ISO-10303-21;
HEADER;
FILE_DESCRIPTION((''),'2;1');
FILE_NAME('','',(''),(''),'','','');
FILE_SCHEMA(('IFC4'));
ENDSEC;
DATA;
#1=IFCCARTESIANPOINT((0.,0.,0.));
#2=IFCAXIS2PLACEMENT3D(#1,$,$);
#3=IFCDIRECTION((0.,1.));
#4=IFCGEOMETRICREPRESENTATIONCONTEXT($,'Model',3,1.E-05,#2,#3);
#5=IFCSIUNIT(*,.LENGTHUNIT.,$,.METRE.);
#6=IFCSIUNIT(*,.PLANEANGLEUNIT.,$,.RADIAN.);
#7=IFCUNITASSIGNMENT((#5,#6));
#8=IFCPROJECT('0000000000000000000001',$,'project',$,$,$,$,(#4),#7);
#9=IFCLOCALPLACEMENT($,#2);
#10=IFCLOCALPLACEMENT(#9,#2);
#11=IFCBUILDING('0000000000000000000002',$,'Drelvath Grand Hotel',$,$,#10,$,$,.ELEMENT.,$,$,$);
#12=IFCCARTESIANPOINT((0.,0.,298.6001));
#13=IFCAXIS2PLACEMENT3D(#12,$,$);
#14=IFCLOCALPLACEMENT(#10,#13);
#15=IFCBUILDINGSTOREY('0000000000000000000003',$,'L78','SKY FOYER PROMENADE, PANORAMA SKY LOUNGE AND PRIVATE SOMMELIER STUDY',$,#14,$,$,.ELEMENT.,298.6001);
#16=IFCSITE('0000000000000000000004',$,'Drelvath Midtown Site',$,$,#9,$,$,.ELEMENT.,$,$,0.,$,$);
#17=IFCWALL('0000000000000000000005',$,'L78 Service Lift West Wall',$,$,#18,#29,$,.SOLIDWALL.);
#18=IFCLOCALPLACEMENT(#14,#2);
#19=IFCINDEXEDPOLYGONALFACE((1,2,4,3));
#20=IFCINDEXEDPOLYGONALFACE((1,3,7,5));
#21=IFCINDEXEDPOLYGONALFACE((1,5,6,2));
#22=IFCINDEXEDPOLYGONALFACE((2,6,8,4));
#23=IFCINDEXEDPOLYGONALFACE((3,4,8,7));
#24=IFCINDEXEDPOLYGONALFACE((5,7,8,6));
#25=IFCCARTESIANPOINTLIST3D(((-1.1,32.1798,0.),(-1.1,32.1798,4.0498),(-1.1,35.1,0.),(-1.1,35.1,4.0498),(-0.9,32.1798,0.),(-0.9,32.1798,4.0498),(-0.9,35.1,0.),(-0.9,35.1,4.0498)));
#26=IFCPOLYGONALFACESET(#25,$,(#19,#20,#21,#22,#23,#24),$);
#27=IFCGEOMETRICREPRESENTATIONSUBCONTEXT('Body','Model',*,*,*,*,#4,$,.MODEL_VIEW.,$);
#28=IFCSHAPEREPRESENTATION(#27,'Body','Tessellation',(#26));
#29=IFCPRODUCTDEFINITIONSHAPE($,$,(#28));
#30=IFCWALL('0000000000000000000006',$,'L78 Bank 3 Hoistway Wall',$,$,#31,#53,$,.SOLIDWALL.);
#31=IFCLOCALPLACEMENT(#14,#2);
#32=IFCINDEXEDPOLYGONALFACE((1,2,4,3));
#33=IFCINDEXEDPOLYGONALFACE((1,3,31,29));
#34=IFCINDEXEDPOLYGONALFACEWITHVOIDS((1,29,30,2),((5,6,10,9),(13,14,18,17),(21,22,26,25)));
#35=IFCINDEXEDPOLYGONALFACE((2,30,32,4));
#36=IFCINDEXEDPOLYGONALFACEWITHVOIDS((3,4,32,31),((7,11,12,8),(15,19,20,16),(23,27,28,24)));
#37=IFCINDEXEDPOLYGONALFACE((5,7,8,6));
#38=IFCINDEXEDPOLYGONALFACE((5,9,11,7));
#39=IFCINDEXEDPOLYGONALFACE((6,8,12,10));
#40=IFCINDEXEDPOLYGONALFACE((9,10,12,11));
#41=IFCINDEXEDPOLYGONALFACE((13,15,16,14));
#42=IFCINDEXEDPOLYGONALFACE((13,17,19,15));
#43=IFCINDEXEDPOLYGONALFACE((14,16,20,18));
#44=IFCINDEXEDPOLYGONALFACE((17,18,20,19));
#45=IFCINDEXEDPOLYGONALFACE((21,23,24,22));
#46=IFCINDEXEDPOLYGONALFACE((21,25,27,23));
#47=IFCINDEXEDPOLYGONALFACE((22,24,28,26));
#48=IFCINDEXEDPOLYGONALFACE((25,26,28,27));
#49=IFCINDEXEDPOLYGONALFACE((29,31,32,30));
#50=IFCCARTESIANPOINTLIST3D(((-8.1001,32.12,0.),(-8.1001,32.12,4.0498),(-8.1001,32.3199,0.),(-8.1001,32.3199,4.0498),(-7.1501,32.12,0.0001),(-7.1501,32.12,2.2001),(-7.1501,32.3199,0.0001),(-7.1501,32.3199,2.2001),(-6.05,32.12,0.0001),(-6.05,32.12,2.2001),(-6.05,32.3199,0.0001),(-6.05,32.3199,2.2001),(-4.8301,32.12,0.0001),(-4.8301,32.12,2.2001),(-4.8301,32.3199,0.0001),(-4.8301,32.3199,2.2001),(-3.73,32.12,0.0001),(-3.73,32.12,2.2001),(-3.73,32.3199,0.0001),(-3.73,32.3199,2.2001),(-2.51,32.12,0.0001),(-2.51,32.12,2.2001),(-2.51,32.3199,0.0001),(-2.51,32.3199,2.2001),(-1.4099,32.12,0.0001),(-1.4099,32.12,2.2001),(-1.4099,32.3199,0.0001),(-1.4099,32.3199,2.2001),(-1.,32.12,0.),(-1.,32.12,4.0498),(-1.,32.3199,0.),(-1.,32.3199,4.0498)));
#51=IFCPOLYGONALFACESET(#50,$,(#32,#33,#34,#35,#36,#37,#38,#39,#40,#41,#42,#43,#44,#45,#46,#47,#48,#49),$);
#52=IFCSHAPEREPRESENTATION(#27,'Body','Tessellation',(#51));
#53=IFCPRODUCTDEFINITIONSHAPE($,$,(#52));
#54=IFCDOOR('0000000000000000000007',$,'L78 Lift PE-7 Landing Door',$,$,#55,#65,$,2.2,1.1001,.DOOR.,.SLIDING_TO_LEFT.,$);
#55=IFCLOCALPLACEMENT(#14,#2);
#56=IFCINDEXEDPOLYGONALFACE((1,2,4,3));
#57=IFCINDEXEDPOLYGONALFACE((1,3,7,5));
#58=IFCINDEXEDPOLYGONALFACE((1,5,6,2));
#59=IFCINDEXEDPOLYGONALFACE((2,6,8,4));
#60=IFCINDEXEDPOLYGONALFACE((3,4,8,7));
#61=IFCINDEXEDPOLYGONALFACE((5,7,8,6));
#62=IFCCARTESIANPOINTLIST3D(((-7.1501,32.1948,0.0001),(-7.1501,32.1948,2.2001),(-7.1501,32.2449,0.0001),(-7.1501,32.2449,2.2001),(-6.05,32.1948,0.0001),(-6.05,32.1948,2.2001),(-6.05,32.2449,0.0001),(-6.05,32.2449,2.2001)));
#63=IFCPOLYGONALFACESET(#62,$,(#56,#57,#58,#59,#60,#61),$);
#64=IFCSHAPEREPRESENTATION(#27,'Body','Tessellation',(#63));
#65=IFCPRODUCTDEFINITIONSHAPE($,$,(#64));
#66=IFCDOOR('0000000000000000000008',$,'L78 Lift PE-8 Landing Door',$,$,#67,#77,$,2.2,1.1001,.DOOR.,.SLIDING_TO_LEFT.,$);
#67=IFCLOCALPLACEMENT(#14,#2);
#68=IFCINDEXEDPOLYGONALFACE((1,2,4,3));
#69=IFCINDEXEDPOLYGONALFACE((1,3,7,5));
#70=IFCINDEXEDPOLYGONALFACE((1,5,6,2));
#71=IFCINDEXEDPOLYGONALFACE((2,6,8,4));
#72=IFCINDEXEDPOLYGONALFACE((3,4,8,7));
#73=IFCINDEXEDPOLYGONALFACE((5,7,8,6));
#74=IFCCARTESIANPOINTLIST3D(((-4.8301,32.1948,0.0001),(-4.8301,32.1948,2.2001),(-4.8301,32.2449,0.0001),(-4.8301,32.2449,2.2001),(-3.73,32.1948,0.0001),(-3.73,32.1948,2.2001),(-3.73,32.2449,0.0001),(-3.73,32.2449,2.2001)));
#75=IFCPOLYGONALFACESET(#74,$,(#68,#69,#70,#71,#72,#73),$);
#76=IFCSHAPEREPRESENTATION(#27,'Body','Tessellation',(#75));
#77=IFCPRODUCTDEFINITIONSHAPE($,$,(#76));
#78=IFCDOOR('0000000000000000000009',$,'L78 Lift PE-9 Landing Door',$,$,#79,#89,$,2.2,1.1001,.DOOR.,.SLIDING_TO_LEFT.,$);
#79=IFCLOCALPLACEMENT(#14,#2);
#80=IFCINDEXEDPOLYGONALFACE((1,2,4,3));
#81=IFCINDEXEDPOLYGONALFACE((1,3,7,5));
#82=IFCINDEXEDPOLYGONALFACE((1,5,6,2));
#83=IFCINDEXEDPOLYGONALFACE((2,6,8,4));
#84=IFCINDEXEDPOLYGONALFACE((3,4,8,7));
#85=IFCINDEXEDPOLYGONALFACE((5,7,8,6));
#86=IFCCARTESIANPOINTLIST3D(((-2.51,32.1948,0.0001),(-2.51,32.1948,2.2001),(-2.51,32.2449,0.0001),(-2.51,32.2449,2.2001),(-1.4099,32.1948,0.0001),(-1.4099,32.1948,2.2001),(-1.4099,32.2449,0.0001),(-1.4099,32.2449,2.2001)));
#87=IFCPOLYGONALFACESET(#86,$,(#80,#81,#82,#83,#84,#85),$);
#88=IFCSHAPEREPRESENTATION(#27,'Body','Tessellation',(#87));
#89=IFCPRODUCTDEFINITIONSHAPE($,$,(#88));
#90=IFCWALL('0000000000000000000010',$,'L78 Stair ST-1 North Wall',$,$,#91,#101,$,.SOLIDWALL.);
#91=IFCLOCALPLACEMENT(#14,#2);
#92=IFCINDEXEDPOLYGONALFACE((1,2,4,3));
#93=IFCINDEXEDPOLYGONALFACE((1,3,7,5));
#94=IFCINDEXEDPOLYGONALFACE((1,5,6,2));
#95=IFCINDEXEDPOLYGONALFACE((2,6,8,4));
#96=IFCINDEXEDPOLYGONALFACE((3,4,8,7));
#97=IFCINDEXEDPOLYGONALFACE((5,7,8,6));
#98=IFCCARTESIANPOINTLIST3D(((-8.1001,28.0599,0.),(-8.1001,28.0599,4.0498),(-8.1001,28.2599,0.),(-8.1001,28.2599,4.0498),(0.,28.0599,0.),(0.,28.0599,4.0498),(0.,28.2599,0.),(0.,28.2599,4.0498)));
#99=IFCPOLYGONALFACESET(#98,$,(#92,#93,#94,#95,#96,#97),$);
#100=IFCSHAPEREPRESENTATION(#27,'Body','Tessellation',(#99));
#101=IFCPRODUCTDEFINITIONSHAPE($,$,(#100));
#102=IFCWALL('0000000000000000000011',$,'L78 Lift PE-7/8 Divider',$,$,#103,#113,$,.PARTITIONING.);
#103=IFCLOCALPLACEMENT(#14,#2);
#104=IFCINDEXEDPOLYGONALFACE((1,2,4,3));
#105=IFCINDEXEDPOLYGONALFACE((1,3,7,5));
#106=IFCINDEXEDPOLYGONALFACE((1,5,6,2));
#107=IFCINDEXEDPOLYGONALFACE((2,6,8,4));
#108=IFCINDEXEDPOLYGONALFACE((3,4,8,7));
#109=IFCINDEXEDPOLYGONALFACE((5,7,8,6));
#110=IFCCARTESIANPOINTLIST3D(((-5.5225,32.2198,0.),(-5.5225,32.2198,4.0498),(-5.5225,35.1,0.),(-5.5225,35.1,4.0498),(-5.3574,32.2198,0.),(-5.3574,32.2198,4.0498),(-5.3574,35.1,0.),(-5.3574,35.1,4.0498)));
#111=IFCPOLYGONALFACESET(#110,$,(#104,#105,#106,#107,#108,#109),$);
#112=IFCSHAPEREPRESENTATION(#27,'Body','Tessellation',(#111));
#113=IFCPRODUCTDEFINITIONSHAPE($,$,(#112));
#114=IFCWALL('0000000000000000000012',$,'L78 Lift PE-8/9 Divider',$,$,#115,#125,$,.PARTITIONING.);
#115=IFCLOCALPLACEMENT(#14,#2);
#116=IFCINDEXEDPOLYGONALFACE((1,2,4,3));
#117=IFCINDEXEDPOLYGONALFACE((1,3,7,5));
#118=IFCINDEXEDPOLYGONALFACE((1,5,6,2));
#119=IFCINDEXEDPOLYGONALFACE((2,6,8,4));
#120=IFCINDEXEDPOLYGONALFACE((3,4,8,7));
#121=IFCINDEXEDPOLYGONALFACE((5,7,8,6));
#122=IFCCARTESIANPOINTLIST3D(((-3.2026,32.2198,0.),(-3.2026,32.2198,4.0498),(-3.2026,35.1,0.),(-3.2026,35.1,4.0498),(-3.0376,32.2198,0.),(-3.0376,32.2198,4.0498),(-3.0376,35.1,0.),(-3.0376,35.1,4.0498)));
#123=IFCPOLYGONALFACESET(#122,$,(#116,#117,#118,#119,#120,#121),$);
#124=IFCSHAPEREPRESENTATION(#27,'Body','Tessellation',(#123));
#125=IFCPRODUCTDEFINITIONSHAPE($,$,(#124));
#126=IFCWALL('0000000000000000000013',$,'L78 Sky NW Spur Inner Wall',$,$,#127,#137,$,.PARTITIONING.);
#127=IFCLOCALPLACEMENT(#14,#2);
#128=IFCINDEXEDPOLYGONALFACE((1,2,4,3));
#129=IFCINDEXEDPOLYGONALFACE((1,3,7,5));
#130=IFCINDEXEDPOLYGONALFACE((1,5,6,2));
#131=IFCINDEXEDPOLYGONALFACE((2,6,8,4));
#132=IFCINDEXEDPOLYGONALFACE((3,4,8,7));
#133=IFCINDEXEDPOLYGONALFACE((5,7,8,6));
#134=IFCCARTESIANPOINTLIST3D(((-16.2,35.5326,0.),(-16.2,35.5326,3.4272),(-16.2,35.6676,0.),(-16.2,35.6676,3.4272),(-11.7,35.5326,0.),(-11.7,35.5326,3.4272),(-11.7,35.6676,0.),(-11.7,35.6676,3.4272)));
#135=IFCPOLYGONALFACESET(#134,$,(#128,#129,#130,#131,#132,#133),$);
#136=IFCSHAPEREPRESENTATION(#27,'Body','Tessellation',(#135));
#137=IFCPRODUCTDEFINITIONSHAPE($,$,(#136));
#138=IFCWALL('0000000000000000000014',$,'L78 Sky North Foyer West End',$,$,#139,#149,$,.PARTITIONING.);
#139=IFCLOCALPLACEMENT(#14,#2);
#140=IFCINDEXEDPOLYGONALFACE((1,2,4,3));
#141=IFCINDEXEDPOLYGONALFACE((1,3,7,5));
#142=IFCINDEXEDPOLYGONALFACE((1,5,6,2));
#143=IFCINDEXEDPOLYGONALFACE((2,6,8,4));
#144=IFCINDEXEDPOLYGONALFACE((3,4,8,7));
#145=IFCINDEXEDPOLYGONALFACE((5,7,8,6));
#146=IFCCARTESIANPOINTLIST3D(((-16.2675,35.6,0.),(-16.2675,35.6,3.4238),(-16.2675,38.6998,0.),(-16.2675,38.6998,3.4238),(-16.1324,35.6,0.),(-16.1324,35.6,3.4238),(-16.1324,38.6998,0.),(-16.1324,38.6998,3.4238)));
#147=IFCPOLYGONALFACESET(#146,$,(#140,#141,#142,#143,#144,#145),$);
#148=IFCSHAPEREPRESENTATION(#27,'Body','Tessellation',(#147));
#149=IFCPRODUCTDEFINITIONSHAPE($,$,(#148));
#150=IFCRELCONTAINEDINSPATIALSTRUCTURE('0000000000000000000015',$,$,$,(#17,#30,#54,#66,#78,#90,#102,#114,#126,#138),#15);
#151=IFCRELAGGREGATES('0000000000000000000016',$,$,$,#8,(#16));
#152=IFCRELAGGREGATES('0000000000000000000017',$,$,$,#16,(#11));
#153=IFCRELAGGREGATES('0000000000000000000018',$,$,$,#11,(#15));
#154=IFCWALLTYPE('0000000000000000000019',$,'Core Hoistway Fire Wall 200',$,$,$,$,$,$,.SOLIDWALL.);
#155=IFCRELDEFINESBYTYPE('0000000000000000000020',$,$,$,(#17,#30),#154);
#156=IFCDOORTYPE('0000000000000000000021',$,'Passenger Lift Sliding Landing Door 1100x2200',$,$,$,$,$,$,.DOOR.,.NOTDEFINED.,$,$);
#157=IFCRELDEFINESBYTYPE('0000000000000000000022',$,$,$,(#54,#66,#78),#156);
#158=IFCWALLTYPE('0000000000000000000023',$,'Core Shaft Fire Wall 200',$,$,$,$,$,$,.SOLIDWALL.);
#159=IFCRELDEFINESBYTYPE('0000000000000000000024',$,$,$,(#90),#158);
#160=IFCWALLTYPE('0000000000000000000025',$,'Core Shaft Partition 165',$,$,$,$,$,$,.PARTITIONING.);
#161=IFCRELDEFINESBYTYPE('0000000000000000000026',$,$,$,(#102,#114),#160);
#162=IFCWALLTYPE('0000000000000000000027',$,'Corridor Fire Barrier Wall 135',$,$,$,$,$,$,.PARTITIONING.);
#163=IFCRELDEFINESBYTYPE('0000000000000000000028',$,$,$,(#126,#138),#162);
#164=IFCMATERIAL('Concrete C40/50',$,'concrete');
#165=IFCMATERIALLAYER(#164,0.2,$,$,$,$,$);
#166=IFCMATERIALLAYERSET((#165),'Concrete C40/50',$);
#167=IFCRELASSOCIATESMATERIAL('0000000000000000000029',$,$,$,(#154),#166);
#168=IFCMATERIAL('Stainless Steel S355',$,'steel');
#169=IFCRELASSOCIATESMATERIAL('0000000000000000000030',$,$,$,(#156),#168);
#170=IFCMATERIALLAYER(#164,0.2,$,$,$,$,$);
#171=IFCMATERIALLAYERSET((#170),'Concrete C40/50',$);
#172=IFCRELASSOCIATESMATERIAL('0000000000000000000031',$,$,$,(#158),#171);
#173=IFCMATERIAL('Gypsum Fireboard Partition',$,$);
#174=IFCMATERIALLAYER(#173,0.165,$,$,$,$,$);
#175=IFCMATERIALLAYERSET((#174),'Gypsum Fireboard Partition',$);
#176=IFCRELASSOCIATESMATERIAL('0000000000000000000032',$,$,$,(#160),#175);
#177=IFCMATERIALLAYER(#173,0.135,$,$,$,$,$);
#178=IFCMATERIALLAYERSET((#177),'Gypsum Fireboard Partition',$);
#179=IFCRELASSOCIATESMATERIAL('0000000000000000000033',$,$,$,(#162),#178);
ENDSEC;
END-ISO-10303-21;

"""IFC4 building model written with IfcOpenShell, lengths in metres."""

from ifc_helpers import new_model, si_unit, direction, frame, frame_2d, origin, place, context, subcontext, project, spatial, rectangle, extrude, material, layer, layer_set, type_object, element, fill, save


model = new_model("IFC4")

# Units and contexts
model_context = context("Model", 3, precision=1e-05, world=origin(), true_north=direction((0.0, 1.0)))
body_context = subcontext(model_context, "Body", "Model", "MODEL_VIEW")
ifc_project = project(units=[si_unit("LENGTHUNIT", "METRE"), si_unit("PLANEANGLEUNIT", "RADIAN")], contexts=[model_context])

# Site, building, storey
site_placement = place(None, origin())
site = spatial("IfcSite", under=ifc_project, at=site_placement, Name="Drelvath Midtown Site", CompositionType="ELEMENT", RefElevation=0.0)
building_placement = place(site_placement, origin())
building = spatial("IfcBuilding", under=site, at=building_placement, Name="Drelvath Grand Hotel", CompositionType="ELEMENT")
storey_placement = place(building_placement, frame((0.0, 0.0, 298.6001)))
storey = spatial("IfcBuildingStorey", under=building, at=storey_placement, Name="L78", Description="SKY FOYER PROMENADE, PANORAMA SKY LOUNGE AND PRIVATE SOMMELIER STUDY", CompositionType="ELEMENT", Elevation=298.6001)

# Shared definitions
ifc_material_1 = material(Name="Concrete C40/50", Category="concrete")
ifc_layer_1 = layer(ifc_material_1, 0.2)
ifc_layer_set_1 = layer_set([ifc_layer_1], Name="Concrete C40/50")
wall_type_1 = type_object("IfcWallType", Name="Core Hoistway Fire Wall 200", PredefinedType="SOLIDWALL", material=ifc_layer_set_1)
ifc_material_2 = material(Name="Stainless Steel S355", Category="steel")

# Wall
wall_1_placement = place(storey_placement, frame((-1.0, 32.1799, 0.0), z_axis=(0.0, 0.0, 1.0), x_axis=(0.0, 1.0, 0.0)))
element("IfcWall", 1, at=wall_1_placement, inside=storey, type_object=wall_type_1, Name="L78 Service Lift West Wall", PredefinedType="SOLIDWALL", context=body_context, shape_type="SweptSolid", body=[
    extrude(rectangle(XDim=2.9202, YDim=0.2, at=frame_2d((1.46, 0.0))), origin(), (0.0, 0.0, 1.0), 4.0498),
])

# Wall, openings, doors
wall_2_placement = place(storey_placement, frame((-8.1001, 32.22, 0.0), z_axis=(0.0, 0.0, 1.0), x_axis=(1.0, 0.0, 0.0)))
wall_2 = element("IfcWall", 2, at=wall_2_placement, inside=storey, type_object=wall_type_1, Name="L78 Bank 3 Hoistway Wall", PredefinedType="SOLIDWALL", context=body_context, shape_type="SweptSolid", body=[
    extrude(rectangle(XDim=7.1001, YDim=0.2, at=frame_2d((3.55, 0.0))), origin(), (0.0, 0.0, 1.0), 4.0498),
])
opening_1_placement = place(wall_2_placement, frame((0.95, 0.0, 0.0)))
opening_1 = element("IfcOpeningElement", 3, at=opening_1_placement, cuts=wall_2, PredefinedType="OPENING", context=body_context, shape_type="SweptSolid", body=[
    extrude(rectangle(XDim=1.1001, YDim=2.2, at=frame_2d((0.55, 1.1001))), frame((0.0, 0.1099, 0.0), z_axis=(0.0, -1.0, 0.0), x_axis=(1.0, 0.0, 0.0)), (0.0, 0.0, 1.0), 0.22),
])
opening_2_placement = place(wall_2_placement, frame((3.27, 0.0, 0.0)))
opening_2 = element("IfcOpeningElement", 4, at=opening_2_placement, cuts=wall_2, PredefinedType="OPENING", context=body_context, shape_type="SweptSolid", body=[
    extrude(rectangle(XDim=1.1001, YDim=2.2, at=frame_2d((0.55, 1.1001))), frame((0.0, 0.1099, 0.0), z_axis=(0.0, -1.0, 0.0), x_axis=(1.0, 0.0, 0.0)), (0.0, 0.0, 1.0), 0.22),
])
opening_3_placement = place(wall_2_placement, frame((5.5901, 0.0, 0.0)))
opening_3 = element("IfcOpeningElement", 5, at=opening_3_placement, cuts=wall_2, PredefinedType="OPENING", context=body_context, shape_type="SweptSolid", body=[
    extrude(rectangle(XDim=1.1001, YDim=2.2, at=frame_2d((0.55, 1.1001))), frame((0.0, 0.1099, 0.0), z_axis=(0.0, -1.0, 0.0), x_axis=(1.0, 0.0, 0.0)), (0.0, 0.0, 1.0), 0.22),
])
door_type_1 = type_object("IfcDoorType", Name="Passenger Lift Sliding Landing Door 1100x2200", OperationType="NOTDEFINED", PredefinedType="DOOR", material=ifc_material_2)
door_1_placement = place(opening_1_placement, origin())
door_1 = element("IfcDoor", 6, at=door_1_placement, inside=storey, type_object=door_type_1, Name="L78 Lift PE-7 Landing Door", OperationType="SLIDING_TO_LEFT", OverallHeight=2.2, OverallWidth=1.1001, PredefinedType="DOOR", context=body_context, shape_type="SweptSolid", body=[
    extrude(rectangle(XDim=1.1001, YDim=2.2, at=frame_2d((0.55, 1.1001))), frame((0.0, 0.0249, 0.0), z_axis=(0.0, -1.0, 0.0), x_axis=(1.0, 0.0, 0.0)), (0.0, 0.0, 1.0), 0.05),
])
fill(opening_1, door_1)
door_2_placement = place(opening_2_placement, origin())
door_2 = element("IfcDoor", 7, at=door_2_placement, inside=storey, type_object=door_type_1, Name="L78 Lift PE-8 Landing Door", OperationType="SLIDING_TO_LEFT", OverallHeight=2.2, OverallWidth=1.1001, PredefinedType="DOOR", context=body_context, shape_type="SweptSolid", body=[
    extrude(rectangle(XDim=1.1001, YDim=2.2, at=frame_2d((0.55, 1.1001))), frame((0.0, 0.0249, 0.0), z_axis=(0.0, -1.0, 0.0), x_axis=(1.0, 0.0, 0.0)), (0.0, 0.0, 1.0), 0.05),
])
fill(opening_2, door_2)
door_3_placement = place(opening_3_placement, origin())
door_3 = element("IfcDoor", 8, at=door_3_placement, inside=storey, type_object=door_type_1, Name="L78 Lift PE-9 Landing Door", OperationType="SLIDING_TO_LEFT", OverallHeight=2.2, OverallWidth=1.1001, PredefinedType="DOOR", context=body_context, shape_type="SweptSolid", body=[
    extrude(rectangle(XDim=1.1001, YDim=2.2, at=frame_2d((0.55, 1.1001))), frame((0.0, 0.0249, 0.0), z_axis=(0.0, -1.0, 0.0), x_axis=(1.0, 0.0, 0.0)), (0.0, 0.0, 1.0), 0.05),
])
fill(opening_3, door_3)

# Walls
ifc_layer_2 = layer(ifc_material_1, 0.2)
ifc_layer_set_2 = layer_set([ifc_layer_2], Name="Concrete C40/50")
wall_type_2 = type_object("IfcWallType", Name="Core Shaft Fire Wall 200", PredefinedType="SOLIDWALL", material=ifc_layer_set_2)
wall_3_placement = place(storey_placement, frame((-8.1001, 28.1599, 0.0), z_axis=(0.0, 0.0, 1.0), x_axis=(1.0, 0.0, 0.0)))
element("IfcWall", 9, at=wall_3_placement, inside=storey, type_object=wall_type_2, Name="L78 Stair ST-1 North Wall", PredefinedType="SOLIDWALL", context=body_context, shape_type="SweptSolid", body=[
    extrude(rectangle(XDim=8.1001, YDim=0.2, at=frame_2d((4.05, 0.0))), origin(), (0.0, 0.0, 1.0), 4.0498),
])
ifc_material_3 = material(Name="Gypsum Fireboard Partition")
ifc_layer_3 = layer(ifc_material_3, 0.165)
ifc_layer_set_3 = layer_set([ifc_layer_3], Name="Gypsum Fireboard Partition")
wall_type_3 = type_object("IfcWallType", Name="Core Shaft Partition 165", PredefinedType="PARTITIONING", material=ifc_layer_set_3)
for number, where, z_axis, x_axis, name in (
    (10, (-5.4399, 32.22, 0.0), (0.0, 0.0, 1.0), (0.0, 1.0, 0.0), "L78 Lift PE-7/8 Divider"),
    (11, (-3.1201, 32.22, 0.0), (0.0, 0.0, 1.0), (0.0, 1.0, 0.0), "L78 Lift PE-8/9 Divider"),
):
    element("IfcWall", number, at=place(storey_placement, frame(where, z_axis=z_axis, x_axis=x_axis)), inside=storey, type_object=wall_type_3, Name=name, PredefinedType="PARTITIONING", context=body_context, shape_type="SweptSolid", body=[
        extrude(rectangle(XDim=2.8801, YDim=0.165, at=frame_2d((1.4399, 0.0))), origin(), (0.0, 0.0, 1.0), 4.0498),
    ])
ifc_layer_4 = layer(ifc_material_3, 0.135)
ifc_layer_set_4 = layer_set([ifc_layer_4], Name="Gypsum Fireboard Partition")
wall_type_4 = type_object("IfcWallType", Name="Corridor Fire Barrier Wall 135", PredefinedType="PARTITIONING", material=ifc_layer_set_4)
wall_4_placement = place(storey_placement, frame((-16.2, 35.6001, 0.0), z_axis=(0.0, 0.0, 1.0), x_axis=(1.0, 0.0, 0.0)))
element("IfcWall", 12, at=wall_4_placement, inside=storey, type_object=wall_type_4, Name="L78 Sky NW Spur Inner Wall", PredefinedType="PARTITIONING", context=body_context, shape_type="SweptSolid", body=[
    extrude(rectangle(XDim=4.5, YDim=0.135, at=frame_2d((2.25, 0.0))), origin(), (0.0, 0.0, 1.0), 3.4272),
])
wall_5_placement = place(storey_placement, frame((-16.2, 35.6001, 0.0), z_axis=(0.0, 0.0, 1.0), x_axis=(0.0, 1.0, 0.0)))
element("IfcWall", 13, at=wall_5_placement, inside=storey, type_object=wall_type_4, Name="L78 Sky North Foyer West End", PredefinedType="PARTITIONING", context=body_context, shape_type="SweptSolid", body=[
    extrude(rectangle(XDim=3.0999, YDim=0.135, at=frame_2d((1.5498, 0.0))), origin(), (0.0, 0.0, 1.0), 3.4238),
])

save(model, "model.ifc")
